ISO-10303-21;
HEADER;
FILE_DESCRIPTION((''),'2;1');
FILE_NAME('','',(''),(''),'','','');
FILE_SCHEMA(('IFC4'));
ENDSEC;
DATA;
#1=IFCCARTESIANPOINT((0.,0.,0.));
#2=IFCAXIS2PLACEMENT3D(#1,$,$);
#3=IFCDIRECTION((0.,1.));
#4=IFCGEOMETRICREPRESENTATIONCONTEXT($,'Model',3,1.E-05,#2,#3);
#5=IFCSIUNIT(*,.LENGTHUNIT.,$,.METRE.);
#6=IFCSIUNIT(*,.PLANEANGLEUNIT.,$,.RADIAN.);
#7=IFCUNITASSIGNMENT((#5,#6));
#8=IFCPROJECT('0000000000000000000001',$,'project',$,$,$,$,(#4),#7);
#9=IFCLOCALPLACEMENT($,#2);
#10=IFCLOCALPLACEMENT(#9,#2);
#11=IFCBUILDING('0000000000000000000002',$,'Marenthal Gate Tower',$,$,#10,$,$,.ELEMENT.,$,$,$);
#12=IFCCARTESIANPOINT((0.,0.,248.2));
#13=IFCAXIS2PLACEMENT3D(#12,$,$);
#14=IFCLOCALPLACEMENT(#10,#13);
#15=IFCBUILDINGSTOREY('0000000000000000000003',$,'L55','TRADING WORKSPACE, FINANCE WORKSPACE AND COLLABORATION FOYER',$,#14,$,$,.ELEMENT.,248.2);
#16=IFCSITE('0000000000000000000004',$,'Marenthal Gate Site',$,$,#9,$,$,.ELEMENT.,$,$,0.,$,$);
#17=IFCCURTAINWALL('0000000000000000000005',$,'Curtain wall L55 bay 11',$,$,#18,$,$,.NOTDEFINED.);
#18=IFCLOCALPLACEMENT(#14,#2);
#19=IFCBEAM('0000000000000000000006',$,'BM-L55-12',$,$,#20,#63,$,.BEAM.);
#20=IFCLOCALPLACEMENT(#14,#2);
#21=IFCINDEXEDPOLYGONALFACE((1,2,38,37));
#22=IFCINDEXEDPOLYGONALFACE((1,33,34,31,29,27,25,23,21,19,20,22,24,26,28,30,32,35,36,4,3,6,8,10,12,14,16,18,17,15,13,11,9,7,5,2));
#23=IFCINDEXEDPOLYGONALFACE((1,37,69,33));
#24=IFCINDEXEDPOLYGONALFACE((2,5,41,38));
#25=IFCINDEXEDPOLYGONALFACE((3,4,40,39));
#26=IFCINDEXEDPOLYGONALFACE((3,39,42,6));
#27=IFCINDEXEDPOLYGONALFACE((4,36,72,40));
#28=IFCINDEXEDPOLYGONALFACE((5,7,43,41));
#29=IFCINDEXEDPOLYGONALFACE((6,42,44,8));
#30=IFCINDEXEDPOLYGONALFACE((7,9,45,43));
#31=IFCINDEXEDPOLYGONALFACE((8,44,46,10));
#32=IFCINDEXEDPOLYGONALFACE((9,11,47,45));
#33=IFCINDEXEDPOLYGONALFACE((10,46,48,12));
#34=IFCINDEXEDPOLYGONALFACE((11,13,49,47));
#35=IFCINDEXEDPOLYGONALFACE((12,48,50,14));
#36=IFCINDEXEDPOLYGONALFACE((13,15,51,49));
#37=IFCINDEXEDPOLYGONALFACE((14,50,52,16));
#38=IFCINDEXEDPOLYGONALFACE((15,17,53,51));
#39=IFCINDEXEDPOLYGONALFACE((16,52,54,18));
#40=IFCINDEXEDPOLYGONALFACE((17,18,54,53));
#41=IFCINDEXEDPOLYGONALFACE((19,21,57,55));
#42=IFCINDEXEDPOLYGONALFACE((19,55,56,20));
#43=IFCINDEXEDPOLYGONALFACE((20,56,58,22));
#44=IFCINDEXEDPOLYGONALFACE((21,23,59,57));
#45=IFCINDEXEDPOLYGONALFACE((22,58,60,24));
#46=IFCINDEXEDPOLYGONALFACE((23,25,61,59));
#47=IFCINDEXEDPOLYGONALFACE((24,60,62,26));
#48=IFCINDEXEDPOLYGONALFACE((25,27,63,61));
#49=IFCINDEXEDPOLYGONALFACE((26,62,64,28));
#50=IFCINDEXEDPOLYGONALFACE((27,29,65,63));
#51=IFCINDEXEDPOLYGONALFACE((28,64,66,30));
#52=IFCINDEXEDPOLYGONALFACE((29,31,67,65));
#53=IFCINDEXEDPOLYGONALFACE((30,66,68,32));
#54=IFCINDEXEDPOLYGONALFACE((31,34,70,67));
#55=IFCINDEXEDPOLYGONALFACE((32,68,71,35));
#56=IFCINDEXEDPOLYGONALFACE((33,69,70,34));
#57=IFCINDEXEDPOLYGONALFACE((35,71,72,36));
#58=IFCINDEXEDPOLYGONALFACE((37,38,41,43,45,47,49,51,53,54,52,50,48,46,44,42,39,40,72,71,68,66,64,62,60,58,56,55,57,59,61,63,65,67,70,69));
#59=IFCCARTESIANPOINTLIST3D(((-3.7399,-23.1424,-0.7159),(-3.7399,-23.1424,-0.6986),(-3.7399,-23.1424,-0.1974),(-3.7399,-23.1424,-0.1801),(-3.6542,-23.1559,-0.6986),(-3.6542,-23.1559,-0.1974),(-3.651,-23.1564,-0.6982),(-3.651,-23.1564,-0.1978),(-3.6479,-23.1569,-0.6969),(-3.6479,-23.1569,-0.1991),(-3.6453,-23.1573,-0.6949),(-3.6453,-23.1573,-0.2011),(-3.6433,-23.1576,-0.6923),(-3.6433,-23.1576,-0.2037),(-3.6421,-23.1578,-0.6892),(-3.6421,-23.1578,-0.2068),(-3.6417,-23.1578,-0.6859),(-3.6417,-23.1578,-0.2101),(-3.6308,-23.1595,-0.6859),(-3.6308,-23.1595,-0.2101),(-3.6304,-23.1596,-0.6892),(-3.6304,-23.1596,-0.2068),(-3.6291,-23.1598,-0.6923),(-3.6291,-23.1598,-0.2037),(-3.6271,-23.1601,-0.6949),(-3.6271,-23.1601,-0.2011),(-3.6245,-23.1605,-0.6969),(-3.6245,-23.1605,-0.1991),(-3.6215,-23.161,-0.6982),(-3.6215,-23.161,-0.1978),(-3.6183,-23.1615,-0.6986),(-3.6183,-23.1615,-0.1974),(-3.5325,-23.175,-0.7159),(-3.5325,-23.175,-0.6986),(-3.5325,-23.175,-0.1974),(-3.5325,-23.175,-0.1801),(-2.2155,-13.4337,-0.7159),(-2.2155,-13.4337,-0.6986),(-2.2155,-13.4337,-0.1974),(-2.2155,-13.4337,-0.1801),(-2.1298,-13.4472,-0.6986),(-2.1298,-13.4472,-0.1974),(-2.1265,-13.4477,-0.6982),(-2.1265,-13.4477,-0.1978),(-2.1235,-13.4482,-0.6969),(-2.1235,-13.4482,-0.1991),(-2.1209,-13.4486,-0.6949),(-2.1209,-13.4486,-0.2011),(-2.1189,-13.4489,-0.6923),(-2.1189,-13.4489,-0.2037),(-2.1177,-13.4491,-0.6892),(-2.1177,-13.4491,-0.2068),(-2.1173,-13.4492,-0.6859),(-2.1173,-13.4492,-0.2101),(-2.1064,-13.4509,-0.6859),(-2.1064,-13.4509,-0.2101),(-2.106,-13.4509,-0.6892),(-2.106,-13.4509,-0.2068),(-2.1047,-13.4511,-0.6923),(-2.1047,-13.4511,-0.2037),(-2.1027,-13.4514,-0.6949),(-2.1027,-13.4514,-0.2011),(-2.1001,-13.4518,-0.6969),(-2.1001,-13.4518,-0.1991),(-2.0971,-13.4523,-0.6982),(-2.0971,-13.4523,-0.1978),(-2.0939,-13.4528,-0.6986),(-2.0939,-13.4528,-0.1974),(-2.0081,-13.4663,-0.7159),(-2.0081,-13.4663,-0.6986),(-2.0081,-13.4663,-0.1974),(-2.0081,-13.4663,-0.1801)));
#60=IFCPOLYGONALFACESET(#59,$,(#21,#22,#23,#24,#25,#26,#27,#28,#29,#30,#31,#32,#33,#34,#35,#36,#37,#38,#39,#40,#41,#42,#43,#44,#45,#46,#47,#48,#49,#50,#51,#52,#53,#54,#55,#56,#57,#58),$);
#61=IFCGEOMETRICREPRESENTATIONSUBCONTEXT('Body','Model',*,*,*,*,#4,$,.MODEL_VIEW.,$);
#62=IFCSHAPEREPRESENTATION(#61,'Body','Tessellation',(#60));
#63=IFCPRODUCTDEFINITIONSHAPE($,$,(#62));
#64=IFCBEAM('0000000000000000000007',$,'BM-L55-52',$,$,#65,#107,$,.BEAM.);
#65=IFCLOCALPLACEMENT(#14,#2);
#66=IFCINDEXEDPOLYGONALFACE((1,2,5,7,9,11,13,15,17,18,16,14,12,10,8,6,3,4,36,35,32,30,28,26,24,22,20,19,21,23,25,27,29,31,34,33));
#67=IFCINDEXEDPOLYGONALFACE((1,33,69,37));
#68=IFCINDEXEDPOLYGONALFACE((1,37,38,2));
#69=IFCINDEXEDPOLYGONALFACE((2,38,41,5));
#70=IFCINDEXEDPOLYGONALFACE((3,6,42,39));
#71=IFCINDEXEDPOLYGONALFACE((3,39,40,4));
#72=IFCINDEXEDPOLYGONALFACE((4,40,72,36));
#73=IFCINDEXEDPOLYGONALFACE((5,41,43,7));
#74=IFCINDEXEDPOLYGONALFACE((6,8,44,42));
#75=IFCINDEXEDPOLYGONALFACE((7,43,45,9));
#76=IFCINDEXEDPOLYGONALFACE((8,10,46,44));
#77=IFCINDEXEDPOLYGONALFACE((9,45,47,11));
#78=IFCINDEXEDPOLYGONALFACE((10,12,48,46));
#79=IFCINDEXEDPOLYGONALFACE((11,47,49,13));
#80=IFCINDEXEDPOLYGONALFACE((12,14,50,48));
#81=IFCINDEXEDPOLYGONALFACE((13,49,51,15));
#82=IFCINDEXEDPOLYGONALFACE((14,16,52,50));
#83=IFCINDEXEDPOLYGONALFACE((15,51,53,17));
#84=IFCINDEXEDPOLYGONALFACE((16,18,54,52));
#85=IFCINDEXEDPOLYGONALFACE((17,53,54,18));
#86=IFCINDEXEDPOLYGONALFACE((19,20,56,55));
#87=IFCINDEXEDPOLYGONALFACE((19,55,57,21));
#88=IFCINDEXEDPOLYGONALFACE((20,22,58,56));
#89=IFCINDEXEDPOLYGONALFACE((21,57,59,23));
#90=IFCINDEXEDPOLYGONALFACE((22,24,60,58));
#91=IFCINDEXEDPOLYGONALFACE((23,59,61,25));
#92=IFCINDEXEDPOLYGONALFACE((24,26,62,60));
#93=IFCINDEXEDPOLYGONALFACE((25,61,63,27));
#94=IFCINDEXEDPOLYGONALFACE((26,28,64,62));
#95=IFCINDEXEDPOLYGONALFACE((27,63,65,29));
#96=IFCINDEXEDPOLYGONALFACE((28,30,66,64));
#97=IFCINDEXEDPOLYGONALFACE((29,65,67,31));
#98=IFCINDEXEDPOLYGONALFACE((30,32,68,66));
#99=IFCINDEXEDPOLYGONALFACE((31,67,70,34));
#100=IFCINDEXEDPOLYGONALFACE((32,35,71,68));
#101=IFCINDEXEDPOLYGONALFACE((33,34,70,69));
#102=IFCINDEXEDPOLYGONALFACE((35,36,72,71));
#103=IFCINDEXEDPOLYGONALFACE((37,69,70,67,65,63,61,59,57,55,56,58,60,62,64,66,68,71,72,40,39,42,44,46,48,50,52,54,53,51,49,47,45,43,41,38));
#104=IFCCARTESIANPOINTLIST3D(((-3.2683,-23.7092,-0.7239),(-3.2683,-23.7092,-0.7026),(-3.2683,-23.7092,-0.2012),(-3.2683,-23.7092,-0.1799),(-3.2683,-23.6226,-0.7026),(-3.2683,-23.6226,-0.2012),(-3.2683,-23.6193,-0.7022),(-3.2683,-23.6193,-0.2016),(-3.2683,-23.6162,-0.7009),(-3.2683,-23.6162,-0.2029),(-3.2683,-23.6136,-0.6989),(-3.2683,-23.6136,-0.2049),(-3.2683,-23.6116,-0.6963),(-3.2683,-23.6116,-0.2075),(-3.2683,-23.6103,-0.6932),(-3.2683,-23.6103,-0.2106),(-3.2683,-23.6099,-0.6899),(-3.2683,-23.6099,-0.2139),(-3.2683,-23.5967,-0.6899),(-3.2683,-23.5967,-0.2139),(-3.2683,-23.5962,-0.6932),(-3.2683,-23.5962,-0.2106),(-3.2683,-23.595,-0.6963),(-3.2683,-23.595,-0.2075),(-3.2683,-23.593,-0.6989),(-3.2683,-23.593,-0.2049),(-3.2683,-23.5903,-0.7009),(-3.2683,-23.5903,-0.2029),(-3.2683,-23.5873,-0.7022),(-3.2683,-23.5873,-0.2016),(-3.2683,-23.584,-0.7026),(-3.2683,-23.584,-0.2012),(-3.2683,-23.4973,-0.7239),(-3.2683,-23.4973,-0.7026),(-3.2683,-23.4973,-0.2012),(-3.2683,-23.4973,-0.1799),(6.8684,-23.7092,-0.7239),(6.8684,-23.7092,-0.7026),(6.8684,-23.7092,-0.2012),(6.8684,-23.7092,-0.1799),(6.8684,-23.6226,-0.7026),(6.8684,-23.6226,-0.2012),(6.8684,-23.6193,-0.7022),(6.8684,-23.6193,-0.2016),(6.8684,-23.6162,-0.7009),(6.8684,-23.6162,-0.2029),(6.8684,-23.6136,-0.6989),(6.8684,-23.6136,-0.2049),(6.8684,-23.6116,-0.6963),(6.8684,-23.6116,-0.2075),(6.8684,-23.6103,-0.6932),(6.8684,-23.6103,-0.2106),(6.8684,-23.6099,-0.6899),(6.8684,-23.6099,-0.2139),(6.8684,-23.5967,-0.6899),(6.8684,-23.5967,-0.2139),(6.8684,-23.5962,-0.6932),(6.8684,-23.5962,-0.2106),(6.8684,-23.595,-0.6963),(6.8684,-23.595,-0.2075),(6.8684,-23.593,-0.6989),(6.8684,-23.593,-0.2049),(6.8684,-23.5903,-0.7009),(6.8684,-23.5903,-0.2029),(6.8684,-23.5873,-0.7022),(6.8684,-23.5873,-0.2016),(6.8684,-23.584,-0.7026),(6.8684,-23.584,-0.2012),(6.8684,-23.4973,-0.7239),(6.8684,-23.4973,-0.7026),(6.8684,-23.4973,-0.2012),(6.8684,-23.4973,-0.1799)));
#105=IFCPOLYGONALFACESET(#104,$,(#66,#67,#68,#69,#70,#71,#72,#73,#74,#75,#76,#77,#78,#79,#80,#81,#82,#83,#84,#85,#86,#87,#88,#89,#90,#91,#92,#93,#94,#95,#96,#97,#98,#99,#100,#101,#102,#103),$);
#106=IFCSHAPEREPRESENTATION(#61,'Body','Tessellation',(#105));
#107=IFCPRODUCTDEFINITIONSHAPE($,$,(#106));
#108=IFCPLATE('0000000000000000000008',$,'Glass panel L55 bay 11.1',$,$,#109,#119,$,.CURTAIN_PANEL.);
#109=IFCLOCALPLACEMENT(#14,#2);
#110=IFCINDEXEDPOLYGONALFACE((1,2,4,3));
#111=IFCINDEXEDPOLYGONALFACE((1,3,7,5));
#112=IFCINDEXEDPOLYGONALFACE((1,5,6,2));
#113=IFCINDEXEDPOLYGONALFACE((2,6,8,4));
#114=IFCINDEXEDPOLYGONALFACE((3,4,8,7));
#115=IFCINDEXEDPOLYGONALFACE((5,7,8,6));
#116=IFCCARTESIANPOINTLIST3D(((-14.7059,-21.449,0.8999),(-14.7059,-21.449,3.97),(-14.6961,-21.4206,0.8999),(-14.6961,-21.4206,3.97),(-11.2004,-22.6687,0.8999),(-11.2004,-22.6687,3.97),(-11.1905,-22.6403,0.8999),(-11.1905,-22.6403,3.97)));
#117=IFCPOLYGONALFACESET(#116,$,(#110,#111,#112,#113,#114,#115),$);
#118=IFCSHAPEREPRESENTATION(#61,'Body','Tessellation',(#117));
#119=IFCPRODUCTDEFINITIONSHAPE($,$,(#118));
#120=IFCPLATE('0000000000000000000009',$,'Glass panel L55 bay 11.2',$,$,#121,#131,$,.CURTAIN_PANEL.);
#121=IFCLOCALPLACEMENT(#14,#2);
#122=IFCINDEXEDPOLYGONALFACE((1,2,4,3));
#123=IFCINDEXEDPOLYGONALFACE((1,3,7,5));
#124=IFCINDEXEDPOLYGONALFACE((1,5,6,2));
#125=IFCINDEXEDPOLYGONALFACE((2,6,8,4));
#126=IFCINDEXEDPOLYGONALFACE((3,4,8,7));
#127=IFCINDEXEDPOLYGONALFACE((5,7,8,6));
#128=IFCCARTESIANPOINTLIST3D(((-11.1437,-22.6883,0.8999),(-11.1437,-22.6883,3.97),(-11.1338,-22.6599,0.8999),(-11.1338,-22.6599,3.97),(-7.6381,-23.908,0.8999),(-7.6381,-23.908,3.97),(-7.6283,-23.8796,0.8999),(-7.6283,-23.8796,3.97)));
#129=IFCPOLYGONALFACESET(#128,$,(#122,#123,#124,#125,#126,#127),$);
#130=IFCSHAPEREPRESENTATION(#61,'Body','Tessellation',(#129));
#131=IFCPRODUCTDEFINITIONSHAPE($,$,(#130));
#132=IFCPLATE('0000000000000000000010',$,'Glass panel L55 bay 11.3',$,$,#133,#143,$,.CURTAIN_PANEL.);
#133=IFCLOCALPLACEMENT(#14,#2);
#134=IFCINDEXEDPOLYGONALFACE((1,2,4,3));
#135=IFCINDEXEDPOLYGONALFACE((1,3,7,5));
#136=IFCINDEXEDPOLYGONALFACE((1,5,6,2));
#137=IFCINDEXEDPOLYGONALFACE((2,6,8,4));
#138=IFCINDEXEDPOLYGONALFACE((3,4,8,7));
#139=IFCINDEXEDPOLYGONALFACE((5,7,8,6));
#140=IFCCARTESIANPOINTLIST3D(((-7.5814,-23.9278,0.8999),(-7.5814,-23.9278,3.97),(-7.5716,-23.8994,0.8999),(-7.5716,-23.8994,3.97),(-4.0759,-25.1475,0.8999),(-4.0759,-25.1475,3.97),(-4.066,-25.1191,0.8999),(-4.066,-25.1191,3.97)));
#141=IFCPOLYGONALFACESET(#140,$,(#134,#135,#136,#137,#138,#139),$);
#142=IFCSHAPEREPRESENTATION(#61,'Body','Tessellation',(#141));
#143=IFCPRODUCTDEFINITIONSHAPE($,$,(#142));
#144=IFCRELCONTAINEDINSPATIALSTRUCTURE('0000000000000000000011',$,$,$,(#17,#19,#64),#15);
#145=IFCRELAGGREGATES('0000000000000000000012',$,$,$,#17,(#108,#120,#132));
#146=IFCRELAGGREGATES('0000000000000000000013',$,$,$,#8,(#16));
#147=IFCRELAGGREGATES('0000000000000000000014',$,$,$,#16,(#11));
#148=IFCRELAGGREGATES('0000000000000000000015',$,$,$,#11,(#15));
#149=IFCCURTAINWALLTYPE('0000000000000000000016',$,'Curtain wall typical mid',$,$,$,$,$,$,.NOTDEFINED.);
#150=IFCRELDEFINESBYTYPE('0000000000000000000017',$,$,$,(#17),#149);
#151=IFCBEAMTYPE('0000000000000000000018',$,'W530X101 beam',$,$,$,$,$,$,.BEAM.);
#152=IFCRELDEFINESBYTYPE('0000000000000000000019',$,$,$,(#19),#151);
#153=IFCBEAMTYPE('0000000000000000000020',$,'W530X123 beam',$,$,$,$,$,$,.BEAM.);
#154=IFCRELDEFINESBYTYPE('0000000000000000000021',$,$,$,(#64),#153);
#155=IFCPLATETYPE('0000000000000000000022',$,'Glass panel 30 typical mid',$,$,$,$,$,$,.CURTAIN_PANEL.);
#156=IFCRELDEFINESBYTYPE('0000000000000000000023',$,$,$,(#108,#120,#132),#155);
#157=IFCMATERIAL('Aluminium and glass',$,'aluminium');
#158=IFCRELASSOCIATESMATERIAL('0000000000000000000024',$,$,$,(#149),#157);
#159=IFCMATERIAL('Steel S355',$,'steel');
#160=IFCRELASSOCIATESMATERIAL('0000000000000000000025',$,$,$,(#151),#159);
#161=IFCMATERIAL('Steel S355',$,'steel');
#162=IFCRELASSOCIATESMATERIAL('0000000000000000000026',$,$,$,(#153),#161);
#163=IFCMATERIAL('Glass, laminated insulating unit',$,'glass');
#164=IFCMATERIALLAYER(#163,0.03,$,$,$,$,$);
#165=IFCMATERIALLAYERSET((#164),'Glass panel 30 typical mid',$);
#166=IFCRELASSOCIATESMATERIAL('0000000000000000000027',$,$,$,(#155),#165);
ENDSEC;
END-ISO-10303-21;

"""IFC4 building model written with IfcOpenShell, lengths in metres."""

from ifc_helpers import new_model, si_unit, direction, frame, origin, origin_2d, place, context, subcontext, project, spatial, rectangle, i_section, extrude, material, layer, layer_set, material_profile, profile_set, type_object, element, aggregate, save


model = new_model("IFC4")

# Units and contexts
model_context = context("Model", 3, precision=1e-05, world=origin(), true_north=direction((0.0, 1.0)))
body_context = subcontext(model_context, "Body", "Model", "MODEL_VIEW")
ifc_project = project(units=[si_unit("LENGTHUNIT", "METRE"), si_unit("PLANEANGLEUNIT", "RADIAN")], contexts=[model_context])

# Site, building, storey
site_placement = place(None, origin())
site = spatial("IfcSite", under=ifc_project, at=site_placement, Name="Marenthal Gate Site", CompositionType="ELEMENT", RefElevation=0.0)
building_placement = place(site_placement, origin())
building = spatial("IfcBuilding", under=site, at=building_placement, Name="Marenthal Gate Tower", CompositionType="ELEMENT")
storey_placement = place(building_placement, frame((0.0, 0.0, 248.2)))
storey = spatial("IfcBuildingStorey", under=building, at=storey_placement, Name="L55", Description="TRADING WORKSPACE, FINANCE WORKSPACE AND COLLABORATION FOYER", CompositionType="ELEMENT", Elevation=248.2)

# Curtain wall
ifc_material_1 = material(Name="Aluminium and glass", Category="aluminium")
curtain_wall_type = type_object("IfcCurtainWallType", Name="Curtain wall typical mid", PredefinedType="NOTDEFINED", material=ifc_material_1)
curtain_wall_placement = place(storey_placement, origin())
curtain_wall = element("IfcCurtainWall", 1, at=curtain_wall_placement, inside=storey, type_object=curtain_wall_type, Name="Curtain wall L55 bay 11", PredefinedType="NOTDEFINED")

# Beams
ifc_material_2 = material(Name="Steel S355", Category="steel")
ifc_material_profile_1 = material_profile(ifc_material_2, i_section(OverallWidth=0.21, OverallDepth=0.5359, WebThickness=0.011, FlangeThickness=0.0173, FilletRadius=0.0127, at=origin_2d()), Name="W530X101")
ifc_profile_set_1 = profile_set([ifc_material_profile_1], Name="Steel S355")
beam_type_1 = type_object("IfcBeamType", Name="W530X101 beam", PredefinedType="BEAM", material=ifc_profile_set_1)
beam_1_placement = place(storey_placement, frame((-3.6362, -23.1587, -0.448), z_axis=(0.155114, 0.987897, 0.0), x_axis=(-0.987897, 0.155114, 0.0)))
element("IfcBeam", 2, at=beam_1_placement, inside=storey, type_object=beam_type_1, Name="BM-L55-12", PredefinedType="BEAM", context=body_context, shape_type="SweptSolid", body=[
    extrude(i_section(OverallWidth=0.21, OverallDepth=0.5359, WebThickness=0.011, FlangeThickness=0.0173, FilletRadius=0.0127, at=origin_2d()), origin(), (0.0, 0.0, 1.0), 9.8276),
])
ifc_material_3 = material(Name="Steel S355", Category="steel")
ifc_material_profile_2 = material_profile(ifc_material_3, i_section(OverallWidth=0.2119, OverallDepth=0.5439, WebThickness=0.0132, FlangeThickness=0.0212, FilletRadius=0.0127, at=origin_2d()), Name="W530X123")
ifc_profile_set_2 = profile_set([ifc_material_profile_2], Name="Steel S355")
beam_type_2 = type_object("IfcBeamType", Name="W530X123 beam", PredefinedType="BEAM", material=ifc_profile_set_2)
beam_2_placement = place(storey_placement, frame((-3.2683, -23.6033, -0.4519), z_axis=(1.0, 0.0, 0.0), x_axis=(0.0, 1.0, 0.0)))
element("IfcBeam", 3, at=beam_2_placement, inside=storey, type_object=beam_type_2, Name="BM-L55-52", PredefinedType="BEAM", context=body_context, shape_type="SweptSolid", body=[
    extrude(i_section(OverallWidth=0.2119, OverallDepth=0.5439, WebThickness=0.0132, FlangeThickness=0.0212, FilletRadius=0.0127, at=origin_2d()), origin(), (0.0, 0.0, 1.0), 10.1367),
])

# Plates
ifc_material_4 = material(Name="Glass, laminated insulating unit", Category="glass")
ifc_layer_1 = layer(ifc_material_4, 0.03)
ifc_layer_set_1 = layer_set([ifc_layer_1], Name="Glass panel 30 typical mid")
plate_type = type_object("IfcPlateType", Name="Glass panel 30 typical mid", PredefinedType="CURTAIN_PANEL", material=ifc_layer_set_1)
plate_1_placement = place(storey_placement, frame((-12.9482, -22.0447, 0.8999), z_axis=(0.0, 0.0, 1.0), x_axis=(0.944465, -0.328612, 0.0)))
plate_1 = element("IfcPlate", 4, at=plate_1_placement, type_object=plate_type, Name="Glass panel L55 bay 11.1", PredefinedType="CURTAIN_PANEL", context=body_context, shape_type="SweptSolid", body=[
    extrude(rectangle(XDim=3.7117, YDim=0.03, at=origin_2d()), origin(), (0.0, 0.0, 1.0), 3.0701),
])
plate_2_placement = place(storey_placement, frame((-9.386, -23.2839, 0.8999), z_axis=(0.0, 0.0, 1.0), x_axis=(0.944465, -0.328612, 0.0)))
plate_2 = element("IfcPlate", 5, at=plate_2_placement, type_object=plate_type, Name="Glass panel L55 bay 11.2", PredefinedType="CURTAIN_PANEL", context=body_context, shape_type="SweptSolid", body=[
    extrude(rectangle(XDim=3.7117, YDim=0.03, at=origin_2d()), origin(), (0.0, 0.0, 1.0), 3.0701),
])
plate_3_placement = place(storey_placement, frame((-5.8237, -24.5234, 0.8999), z_axis=(0.0, 0.0, 1.0), x_axis=(0.944465, -0.328612, 0.0)))
plate_3 = element("IfcPlate", 6, at=plate_3_placement, type_object=plate_type, Name="Glass panel L55 bay 11.3", PredefinedType="CURTAIN_PANEL", context=body_context, shape_type="SweptSolid", body=[
    extrude(rectangle(XDim=3.7117, YDim=0.03, at=origin_2d()), origin(), (0.0, 0.0, 1.0), 3.0701),
])
aggregate(curtain_wall, [plate_1, plate_2, plate_3])

save(model, "model.ifc")
